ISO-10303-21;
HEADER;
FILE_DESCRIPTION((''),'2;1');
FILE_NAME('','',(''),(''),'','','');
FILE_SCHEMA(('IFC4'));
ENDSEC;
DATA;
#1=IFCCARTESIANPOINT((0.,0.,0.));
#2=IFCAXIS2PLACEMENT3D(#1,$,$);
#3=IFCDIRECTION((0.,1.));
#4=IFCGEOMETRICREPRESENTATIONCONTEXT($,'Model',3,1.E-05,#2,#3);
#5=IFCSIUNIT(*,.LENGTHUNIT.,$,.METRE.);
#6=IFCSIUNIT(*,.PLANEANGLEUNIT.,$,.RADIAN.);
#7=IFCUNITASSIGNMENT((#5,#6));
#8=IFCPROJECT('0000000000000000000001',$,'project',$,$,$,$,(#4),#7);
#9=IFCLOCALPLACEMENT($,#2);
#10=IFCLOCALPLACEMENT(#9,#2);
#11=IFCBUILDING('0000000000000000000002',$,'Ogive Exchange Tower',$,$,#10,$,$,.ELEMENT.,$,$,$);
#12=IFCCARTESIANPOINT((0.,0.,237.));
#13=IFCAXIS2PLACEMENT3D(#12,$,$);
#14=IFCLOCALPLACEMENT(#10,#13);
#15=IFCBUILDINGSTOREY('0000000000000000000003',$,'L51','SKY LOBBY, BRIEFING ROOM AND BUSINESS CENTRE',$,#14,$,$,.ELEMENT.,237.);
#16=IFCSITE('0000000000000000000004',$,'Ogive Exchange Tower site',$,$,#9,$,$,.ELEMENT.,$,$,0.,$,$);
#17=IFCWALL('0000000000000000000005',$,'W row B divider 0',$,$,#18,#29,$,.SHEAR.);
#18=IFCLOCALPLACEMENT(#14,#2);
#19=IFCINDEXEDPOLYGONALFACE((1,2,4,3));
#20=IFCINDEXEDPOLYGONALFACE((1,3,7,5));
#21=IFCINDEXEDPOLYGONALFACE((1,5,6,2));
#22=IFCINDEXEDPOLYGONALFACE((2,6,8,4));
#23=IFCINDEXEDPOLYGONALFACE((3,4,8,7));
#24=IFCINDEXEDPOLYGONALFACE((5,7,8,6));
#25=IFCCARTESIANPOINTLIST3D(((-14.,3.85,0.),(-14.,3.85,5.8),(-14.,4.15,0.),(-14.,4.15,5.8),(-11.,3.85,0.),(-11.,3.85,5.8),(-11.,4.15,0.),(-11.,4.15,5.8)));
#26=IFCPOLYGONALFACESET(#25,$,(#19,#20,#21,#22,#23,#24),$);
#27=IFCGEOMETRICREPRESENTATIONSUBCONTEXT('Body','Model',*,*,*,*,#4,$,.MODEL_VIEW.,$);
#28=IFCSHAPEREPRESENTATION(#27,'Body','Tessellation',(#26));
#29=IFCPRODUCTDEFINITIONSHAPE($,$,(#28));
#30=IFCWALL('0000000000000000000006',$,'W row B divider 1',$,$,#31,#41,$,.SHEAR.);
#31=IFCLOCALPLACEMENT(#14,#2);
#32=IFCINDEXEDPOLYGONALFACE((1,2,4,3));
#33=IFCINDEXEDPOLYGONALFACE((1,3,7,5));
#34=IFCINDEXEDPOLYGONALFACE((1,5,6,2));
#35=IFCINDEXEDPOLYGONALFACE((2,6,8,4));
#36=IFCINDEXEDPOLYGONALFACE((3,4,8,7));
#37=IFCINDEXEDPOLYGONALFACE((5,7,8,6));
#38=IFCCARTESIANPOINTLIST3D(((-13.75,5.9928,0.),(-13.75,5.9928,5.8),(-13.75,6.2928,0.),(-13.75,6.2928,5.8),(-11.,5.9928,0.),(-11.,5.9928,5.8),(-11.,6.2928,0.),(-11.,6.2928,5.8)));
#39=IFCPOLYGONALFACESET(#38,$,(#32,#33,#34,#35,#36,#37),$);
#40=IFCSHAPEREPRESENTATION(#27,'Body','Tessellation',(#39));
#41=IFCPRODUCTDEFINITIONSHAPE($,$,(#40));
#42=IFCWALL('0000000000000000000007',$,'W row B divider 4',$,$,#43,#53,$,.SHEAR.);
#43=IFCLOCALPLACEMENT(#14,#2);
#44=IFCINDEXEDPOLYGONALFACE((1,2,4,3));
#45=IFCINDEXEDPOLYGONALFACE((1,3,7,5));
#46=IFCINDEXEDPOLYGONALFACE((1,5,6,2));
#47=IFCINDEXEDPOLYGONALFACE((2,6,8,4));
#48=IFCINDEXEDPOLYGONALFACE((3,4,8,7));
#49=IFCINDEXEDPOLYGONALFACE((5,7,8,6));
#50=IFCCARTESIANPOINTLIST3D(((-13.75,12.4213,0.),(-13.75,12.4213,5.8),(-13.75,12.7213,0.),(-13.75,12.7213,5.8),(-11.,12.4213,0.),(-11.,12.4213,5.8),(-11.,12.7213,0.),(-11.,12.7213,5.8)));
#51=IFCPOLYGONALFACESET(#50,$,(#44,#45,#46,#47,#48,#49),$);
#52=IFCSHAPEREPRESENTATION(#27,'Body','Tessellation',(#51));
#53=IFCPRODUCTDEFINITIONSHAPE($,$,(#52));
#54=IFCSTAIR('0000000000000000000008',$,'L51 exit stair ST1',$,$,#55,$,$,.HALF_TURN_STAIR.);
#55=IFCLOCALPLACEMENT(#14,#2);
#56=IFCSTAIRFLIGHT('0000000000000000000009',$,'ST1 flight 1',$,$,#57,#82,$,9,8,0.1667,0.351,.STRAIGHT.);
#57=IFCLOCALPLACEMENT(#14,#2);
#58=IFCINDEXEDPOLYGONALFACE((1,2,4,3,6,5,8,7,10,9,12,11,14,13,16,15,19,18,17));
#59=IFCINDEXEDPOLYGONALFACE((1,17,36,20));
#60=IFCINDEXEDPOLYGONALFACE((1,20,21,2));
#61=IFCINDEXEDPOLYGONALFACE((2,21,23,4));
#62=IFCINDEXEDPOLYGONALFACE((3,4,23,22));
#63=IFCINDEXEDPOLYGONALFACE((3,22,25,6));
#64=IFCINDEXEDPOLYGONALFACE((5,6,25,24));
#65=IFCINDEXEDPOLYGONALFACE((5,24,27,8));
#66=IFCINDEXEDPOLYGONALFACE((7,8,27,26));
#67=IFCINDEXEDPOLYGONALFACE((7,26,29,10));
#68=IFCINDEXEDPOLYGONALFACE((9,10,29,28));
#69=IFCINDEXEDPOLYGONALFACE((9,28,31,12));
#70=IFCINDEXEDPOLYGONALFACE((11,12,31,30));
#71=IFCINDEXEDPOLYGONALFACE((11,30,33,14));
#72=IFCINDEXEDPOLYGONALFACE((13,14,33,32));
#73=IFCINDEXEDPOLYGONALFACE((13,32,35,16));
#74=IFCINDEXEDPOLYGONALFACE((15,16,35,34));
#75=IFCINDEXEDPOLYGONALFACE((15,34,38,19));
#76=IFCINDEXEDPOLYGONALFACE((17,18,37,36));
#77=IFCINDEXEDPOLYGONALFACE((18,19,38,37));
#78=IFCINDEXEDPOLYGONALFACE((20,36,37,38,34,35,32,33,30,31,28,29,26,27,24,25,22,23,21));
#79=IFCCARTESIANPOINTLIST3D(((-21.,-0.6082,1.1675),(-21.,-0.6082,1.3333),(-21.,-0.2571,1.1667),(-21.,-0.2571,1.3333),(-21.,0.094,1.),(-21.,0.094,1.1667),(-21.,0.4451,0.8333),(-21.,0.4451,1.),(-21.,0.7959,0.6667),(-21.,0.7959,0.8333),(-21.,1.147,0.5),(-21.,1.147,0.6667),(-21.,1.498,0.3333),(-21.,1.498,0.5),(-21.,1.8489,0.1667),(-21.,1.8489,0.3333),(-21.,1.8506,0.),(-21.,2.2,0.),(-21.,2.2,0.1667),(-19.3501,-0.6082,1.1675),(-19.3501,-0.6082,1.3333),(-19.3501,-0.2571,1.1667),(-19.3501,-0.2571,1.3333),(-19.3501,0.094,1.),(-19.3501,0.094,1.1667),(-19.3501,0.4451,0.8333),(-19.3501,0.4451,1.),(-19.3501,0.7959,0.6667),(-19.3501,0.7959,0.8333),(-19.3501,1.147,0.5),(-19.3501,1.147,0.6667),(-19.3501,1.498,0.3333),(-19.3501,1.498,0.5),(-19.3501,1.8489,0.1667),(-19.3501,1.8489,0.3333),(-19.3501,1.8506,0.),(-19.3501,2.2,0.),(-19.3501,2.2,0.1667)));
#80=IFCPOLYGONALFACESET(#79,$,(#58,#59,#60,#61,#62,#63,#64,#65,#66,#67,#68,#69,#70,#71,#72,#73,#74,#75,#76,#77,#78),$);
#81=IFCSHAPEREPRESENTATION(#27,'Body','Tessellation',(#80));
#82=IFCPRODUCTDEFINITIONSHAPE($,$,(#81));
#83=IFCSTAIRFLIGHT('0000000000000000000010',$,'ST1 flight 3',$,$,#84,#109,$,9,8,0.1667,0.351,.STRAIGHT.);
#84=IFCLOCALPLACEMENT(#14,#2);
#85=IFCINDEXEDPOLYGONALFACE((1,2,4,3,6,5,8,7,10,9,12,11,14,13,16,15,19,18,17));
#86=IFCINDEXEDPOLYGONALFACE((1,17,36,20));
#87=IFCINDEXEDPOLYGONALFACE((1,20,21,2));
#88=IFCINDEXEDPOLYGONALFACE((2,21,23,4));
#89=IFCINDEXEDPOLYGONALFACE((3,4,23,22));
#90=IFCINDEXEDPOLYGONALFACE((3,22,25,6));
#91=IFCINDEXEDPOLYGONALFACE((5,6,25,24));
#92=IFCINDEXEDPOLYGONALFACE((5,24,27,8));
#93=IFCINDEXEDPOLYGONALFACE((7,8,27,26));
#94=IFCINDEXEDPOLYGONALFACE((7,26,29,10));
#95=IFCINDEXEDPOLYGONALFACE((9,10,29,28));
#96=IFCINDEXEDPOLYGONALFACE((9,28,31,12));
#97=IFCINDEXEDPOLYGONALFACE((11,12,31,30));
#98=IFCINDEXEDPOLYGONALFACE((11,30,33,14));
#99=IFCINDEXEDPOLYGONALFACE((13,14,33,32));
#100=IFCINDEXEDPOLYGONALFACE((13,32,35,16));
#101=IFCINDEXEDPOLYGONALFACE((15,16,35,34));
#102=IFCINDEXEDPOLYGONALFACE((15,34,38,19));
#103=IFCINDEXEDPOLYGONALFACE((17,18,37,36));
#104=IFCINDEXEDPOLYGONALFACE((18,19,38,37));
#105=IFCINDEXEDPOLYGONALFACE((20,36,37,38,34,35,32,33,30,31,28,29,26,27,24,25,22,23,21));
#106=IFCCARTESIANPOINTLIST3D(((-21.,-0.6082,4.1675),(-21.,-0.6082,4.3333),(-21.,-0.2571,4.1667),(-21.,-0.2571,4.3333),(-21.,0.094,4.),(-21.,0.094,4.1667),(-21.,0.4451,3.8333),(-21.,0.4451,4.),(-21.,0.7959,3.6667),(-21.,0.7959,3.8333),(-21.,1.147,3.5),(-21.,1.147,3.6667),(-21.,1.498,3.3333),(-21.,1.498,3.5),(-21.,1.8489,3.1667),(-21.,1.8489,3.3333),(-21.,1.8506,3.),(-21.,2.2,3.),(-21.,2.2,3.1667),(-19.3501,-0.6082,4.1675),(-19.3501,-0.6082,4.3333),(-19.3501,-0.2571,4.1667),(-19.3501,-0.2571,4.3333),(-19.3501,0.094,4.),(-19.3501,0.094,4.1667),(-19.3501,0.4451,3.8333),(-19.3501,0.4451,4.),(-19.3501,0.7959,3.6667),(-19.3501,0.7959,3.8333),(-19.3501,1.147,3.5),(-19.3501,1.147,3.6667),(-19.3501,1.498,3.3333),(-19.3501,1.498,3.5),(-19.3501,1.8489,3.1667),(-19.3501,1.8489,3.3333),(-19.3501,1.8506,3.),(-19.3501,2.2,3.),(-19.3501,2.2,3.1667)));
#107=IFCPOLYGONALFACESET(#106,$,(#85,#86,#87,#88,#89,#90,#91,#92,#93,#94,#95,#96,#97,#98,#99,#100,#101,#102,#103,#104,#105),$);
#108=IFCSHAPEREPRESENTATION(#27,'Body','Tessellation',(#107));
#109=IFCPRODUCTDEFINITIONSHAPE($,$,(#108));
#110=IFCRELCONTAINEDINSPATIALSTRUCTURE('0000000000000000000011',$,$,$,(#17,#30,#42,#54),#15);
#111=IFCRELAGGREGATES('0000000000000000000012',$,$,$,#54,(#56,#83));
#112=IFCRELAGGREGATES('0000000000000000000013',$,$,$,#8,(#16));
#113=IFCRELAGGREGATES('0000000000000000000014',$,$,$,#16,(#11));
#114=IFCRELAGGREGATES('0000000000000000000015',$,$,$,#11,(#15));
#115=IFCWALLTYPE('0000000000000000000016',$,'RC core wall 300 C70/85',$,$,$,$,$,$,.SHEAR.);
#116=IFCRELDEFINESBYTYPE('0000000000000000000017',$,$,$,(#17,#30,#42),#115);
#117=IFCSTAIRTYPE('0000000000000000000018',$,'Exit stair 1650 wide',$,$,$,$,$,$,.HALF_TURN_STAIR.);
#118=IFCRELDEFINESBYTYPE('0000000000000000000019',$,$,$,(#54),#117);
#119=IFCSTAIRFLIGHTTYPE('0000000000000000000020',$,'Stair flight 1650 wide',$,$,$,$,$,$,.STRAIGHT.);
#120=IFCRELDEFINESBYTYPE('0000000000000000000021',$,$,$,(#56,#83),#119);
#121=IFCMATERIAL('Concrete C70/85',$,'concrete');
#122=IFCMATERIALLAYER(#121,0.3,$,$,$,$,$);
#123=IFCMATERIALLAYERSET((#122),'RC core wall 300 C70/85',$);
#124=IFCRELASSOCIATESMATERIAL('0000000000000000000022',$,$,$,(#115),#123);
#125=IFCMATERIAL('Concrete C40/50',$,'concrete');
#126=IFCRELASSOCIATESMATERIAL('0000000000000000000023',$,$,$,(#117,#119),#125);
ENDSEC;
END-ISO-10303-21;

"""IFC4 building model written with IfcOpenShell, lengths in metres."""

from ifc_helpers import new_model, si_unit, direction, frame, frame_2d, origin, place, context, subcontext, project, spatial, polyline, rectangle, outline, extrude, material, layer, layer_set, type_object, element, aggregate, save


model = new_model("IFC4")

# Units and contexts
model_context = context("Model", 3, precision=1e-05, world=origin(), true_north=direction((0.0, 1.0)))
body_context = subcontext(model_context, "Body", "Model", "MODEL_VIEW")
ifc_project = project(units=[si_unit("LENGTHUNIT", "METRE"), si_unit("PLANEANGLEUNIT", "RADIAN")], contexts=[model_context])

# Site, building, storey
site_placement = place(None, origin())
site = spatial("IfcSite", under=ifc_project, at=site_placement, Name="Ogive Exchange Tower site", CompositionType="ELEMENT", RefElevation=0.0)
building_placement = place(site_placement, origin())
building = spatial("IfcBuilding", under=site, at=building_placement, Name="Ogive Exchange Tower", CompositionType="ELEMENT")
storey_placement = place(building_placement, frame((0.0, 0.0, 237.0)))
storey = spatial("IfcBuildingStorey", under=building, at=storey_placement, Name="L51", Description="SKY LOBBY, BRIEFING ROOM AND BUSINESS CENTRE", CompositionType="ELEMENT", Elevation=237.0)

# Shared definitions
ifc_material_1 = material(Name="Concrete C70/85", Category="concrete")

# Walls
ifc_layer_1 = layer(ifc_material_1, 0.3)
ifc_layer_set_1 = layer_set([ifc_layer_1], Name="RC core wall 300 C70/85")
wall_type_1 = type_object("IfcWallType", Name="RC core wall 300 C70/85", PredefinedType="SHEAR", material=ifc_layer_set_1)
wall_1_placement = place(storey_placement, frame((-14.0, 4.0, 0.0), z_axis=(0.0, 0.0, 1.0), x_axis=(1.0, 0.0, 0.0)))
element("IfcWall", 1, at=wall_1_placement, inside=storey, type_object=wall_type_1, Name="W row B divider 0", PredefinedType="SHEAR", context=body_context, shape_type="SweptSolid", body=[
    extrude(rectangle(XDim=3.0, YDim=0.3, at=frame_2d((1.5, 0.0))), origin(), (0.0, 0.0, 1.0), 5.8),
])
for number, where, z_axis, x_axis, name in (
    (2, (-13.75, 6.1428, 0.0), (0.0, 0.0, 1.0), (1.0, 0.0, 0.0), "W row B divider 1"),
    (3, (-13.75, 12.5713, 0.0), (0.0, 0.0, 1.0), (1.0, 0.0, 0.0), "W row B divider 4"),
):
    element("IfcWall", number, at=place(storey_placement, frame(where, z_axis=z_axis, x_axis=x_axis)), inside=storey, type_object=wall_type_1, Name=name, PredefinedType="SHEAR", context=body_context, shape_type="SweptSolid", body=[
        extrude(rectangle(XDim=2.75, YDim=0.3, at=frame_2d((1.375, 0.0))), origin(), (0.0, 0.0, 1.0), 5.8),
    ])

# Stair, stair flights
ifc_material_2 = material(Name="Concrete C40/50", Category="concrete")
stair_type = type_object("IfcStairType", Name="Exit stair 1650 wide", PredefinedType="HALF_TURN_STAIR", material=ifc_material_2)
stair_placement = place(storey_placement, origin())
stair = element("IfcStair", 4, at=stair_placement, inside=storey, type_object=stair_type, Name="L51 exit stair ST1", PredefinedType="HALF_TURN_STAIR")
stair_flight_type = type_object("IfcStairFlightType", Name="Stair flight 1650 wide", PredefinedType="STRAIGHT", material=ifc_material_2)
stair_flight_1_placement = place(storey_placement, frame((-20.175, 2.2, 0.0), z_axis=(0.0, 0.0, 1.0), x_axis=(0.0, -1.0, 0.0)))
stair_flight_1 = element("IfcStairFlight", 5, at=stair_flight_1_placement, type_object=stair_flight_type, Name="ST1 flight 1", NumberOfRisers=9, NumberOfTreads=8, PredefinedType="STRAIGHT", RiserHeight=0.1667, TreadLength=0.351, context=body_context, shape_type="SweptSolid", body=[
    extrude(outline(polyline([(0.0, 0.0), (0.0, 0.1667), (0.3511, 0.1667), (0.3511, 0.3333), (0.7019, 0.3333), (0.7019, 0.5), (1.053, 0.5), (1.053, 0.6667), (1.4041, 0.6667), (1.4041, 0.8333), (1.7549, 0.8333), (1.7549, 1.0), (2.106, 1.0), (2.106, 1.1667), (2.457, 1.1667), (2.457, 1.3333), (2.8081, 1.3333), (2.8081, 1.5), (2.8081, 1.1675), (0.3494, 0.0), (0.0, 0.0)])), frame((0.0, 0.825, 0.0), z_axis=(0.0, -1.0, 0.0), x_axis=(1.0, 0.0, 0.0)), (0.0, 0.0, 1.0), 1.6499),
])
stair_flight_2_placement = place(storey_placement, frame((-20.175, 2.2, 3.0), z_axis=(0.0, 0.0, 1.0), x_axis=(0.0, -1.0, 0.0)))
stair_flight_2 = element("IfcStairFlight", 6, at=stair_flight_2_placement, type_object=stair_flight_type, Name="ST1 flight 3", NumberOfRisers=9, NumberOfTreads=8, PredefinedType="STRAIGHT", RiserHeight=0.1667, TreadLength=0.351, context=body_context, shape_type="SweptSolid", body=[
    extrude(outline(polyline([(0.0, 0.0), (0.0, 0.1667), (0.3511, 0.1667), (0.3511, 0.3333), (0.7019, 0.3333), (0.7019, 0.5), (1.053, 0.5), (1.053, 0.6667), (1.4041, 0.6667), (1.4041, 0.8333), (1.7549, 0.8333), (1.7549, 1.0), (2.106, 1.0), (2.106, 1.1667), (2.457, 1.1667), (2.457, 1.3333), (2.8081, 1.3333), (2.8081, 1.5), (2.8081, 1.1675), (0.3494, 0.0), (0.0, 0.0)])), frame((0.0, 0.825, 0.0), z_axis=(0.0, -1.0, 0.0), x_axis=(1.0, 0.0, 0.0)), (0.0, 0.0, 1.0), 1.6499),
])
aggregate(stair, [stair_flight_1, stair_flight_2])

save(model, "model.ifc")
